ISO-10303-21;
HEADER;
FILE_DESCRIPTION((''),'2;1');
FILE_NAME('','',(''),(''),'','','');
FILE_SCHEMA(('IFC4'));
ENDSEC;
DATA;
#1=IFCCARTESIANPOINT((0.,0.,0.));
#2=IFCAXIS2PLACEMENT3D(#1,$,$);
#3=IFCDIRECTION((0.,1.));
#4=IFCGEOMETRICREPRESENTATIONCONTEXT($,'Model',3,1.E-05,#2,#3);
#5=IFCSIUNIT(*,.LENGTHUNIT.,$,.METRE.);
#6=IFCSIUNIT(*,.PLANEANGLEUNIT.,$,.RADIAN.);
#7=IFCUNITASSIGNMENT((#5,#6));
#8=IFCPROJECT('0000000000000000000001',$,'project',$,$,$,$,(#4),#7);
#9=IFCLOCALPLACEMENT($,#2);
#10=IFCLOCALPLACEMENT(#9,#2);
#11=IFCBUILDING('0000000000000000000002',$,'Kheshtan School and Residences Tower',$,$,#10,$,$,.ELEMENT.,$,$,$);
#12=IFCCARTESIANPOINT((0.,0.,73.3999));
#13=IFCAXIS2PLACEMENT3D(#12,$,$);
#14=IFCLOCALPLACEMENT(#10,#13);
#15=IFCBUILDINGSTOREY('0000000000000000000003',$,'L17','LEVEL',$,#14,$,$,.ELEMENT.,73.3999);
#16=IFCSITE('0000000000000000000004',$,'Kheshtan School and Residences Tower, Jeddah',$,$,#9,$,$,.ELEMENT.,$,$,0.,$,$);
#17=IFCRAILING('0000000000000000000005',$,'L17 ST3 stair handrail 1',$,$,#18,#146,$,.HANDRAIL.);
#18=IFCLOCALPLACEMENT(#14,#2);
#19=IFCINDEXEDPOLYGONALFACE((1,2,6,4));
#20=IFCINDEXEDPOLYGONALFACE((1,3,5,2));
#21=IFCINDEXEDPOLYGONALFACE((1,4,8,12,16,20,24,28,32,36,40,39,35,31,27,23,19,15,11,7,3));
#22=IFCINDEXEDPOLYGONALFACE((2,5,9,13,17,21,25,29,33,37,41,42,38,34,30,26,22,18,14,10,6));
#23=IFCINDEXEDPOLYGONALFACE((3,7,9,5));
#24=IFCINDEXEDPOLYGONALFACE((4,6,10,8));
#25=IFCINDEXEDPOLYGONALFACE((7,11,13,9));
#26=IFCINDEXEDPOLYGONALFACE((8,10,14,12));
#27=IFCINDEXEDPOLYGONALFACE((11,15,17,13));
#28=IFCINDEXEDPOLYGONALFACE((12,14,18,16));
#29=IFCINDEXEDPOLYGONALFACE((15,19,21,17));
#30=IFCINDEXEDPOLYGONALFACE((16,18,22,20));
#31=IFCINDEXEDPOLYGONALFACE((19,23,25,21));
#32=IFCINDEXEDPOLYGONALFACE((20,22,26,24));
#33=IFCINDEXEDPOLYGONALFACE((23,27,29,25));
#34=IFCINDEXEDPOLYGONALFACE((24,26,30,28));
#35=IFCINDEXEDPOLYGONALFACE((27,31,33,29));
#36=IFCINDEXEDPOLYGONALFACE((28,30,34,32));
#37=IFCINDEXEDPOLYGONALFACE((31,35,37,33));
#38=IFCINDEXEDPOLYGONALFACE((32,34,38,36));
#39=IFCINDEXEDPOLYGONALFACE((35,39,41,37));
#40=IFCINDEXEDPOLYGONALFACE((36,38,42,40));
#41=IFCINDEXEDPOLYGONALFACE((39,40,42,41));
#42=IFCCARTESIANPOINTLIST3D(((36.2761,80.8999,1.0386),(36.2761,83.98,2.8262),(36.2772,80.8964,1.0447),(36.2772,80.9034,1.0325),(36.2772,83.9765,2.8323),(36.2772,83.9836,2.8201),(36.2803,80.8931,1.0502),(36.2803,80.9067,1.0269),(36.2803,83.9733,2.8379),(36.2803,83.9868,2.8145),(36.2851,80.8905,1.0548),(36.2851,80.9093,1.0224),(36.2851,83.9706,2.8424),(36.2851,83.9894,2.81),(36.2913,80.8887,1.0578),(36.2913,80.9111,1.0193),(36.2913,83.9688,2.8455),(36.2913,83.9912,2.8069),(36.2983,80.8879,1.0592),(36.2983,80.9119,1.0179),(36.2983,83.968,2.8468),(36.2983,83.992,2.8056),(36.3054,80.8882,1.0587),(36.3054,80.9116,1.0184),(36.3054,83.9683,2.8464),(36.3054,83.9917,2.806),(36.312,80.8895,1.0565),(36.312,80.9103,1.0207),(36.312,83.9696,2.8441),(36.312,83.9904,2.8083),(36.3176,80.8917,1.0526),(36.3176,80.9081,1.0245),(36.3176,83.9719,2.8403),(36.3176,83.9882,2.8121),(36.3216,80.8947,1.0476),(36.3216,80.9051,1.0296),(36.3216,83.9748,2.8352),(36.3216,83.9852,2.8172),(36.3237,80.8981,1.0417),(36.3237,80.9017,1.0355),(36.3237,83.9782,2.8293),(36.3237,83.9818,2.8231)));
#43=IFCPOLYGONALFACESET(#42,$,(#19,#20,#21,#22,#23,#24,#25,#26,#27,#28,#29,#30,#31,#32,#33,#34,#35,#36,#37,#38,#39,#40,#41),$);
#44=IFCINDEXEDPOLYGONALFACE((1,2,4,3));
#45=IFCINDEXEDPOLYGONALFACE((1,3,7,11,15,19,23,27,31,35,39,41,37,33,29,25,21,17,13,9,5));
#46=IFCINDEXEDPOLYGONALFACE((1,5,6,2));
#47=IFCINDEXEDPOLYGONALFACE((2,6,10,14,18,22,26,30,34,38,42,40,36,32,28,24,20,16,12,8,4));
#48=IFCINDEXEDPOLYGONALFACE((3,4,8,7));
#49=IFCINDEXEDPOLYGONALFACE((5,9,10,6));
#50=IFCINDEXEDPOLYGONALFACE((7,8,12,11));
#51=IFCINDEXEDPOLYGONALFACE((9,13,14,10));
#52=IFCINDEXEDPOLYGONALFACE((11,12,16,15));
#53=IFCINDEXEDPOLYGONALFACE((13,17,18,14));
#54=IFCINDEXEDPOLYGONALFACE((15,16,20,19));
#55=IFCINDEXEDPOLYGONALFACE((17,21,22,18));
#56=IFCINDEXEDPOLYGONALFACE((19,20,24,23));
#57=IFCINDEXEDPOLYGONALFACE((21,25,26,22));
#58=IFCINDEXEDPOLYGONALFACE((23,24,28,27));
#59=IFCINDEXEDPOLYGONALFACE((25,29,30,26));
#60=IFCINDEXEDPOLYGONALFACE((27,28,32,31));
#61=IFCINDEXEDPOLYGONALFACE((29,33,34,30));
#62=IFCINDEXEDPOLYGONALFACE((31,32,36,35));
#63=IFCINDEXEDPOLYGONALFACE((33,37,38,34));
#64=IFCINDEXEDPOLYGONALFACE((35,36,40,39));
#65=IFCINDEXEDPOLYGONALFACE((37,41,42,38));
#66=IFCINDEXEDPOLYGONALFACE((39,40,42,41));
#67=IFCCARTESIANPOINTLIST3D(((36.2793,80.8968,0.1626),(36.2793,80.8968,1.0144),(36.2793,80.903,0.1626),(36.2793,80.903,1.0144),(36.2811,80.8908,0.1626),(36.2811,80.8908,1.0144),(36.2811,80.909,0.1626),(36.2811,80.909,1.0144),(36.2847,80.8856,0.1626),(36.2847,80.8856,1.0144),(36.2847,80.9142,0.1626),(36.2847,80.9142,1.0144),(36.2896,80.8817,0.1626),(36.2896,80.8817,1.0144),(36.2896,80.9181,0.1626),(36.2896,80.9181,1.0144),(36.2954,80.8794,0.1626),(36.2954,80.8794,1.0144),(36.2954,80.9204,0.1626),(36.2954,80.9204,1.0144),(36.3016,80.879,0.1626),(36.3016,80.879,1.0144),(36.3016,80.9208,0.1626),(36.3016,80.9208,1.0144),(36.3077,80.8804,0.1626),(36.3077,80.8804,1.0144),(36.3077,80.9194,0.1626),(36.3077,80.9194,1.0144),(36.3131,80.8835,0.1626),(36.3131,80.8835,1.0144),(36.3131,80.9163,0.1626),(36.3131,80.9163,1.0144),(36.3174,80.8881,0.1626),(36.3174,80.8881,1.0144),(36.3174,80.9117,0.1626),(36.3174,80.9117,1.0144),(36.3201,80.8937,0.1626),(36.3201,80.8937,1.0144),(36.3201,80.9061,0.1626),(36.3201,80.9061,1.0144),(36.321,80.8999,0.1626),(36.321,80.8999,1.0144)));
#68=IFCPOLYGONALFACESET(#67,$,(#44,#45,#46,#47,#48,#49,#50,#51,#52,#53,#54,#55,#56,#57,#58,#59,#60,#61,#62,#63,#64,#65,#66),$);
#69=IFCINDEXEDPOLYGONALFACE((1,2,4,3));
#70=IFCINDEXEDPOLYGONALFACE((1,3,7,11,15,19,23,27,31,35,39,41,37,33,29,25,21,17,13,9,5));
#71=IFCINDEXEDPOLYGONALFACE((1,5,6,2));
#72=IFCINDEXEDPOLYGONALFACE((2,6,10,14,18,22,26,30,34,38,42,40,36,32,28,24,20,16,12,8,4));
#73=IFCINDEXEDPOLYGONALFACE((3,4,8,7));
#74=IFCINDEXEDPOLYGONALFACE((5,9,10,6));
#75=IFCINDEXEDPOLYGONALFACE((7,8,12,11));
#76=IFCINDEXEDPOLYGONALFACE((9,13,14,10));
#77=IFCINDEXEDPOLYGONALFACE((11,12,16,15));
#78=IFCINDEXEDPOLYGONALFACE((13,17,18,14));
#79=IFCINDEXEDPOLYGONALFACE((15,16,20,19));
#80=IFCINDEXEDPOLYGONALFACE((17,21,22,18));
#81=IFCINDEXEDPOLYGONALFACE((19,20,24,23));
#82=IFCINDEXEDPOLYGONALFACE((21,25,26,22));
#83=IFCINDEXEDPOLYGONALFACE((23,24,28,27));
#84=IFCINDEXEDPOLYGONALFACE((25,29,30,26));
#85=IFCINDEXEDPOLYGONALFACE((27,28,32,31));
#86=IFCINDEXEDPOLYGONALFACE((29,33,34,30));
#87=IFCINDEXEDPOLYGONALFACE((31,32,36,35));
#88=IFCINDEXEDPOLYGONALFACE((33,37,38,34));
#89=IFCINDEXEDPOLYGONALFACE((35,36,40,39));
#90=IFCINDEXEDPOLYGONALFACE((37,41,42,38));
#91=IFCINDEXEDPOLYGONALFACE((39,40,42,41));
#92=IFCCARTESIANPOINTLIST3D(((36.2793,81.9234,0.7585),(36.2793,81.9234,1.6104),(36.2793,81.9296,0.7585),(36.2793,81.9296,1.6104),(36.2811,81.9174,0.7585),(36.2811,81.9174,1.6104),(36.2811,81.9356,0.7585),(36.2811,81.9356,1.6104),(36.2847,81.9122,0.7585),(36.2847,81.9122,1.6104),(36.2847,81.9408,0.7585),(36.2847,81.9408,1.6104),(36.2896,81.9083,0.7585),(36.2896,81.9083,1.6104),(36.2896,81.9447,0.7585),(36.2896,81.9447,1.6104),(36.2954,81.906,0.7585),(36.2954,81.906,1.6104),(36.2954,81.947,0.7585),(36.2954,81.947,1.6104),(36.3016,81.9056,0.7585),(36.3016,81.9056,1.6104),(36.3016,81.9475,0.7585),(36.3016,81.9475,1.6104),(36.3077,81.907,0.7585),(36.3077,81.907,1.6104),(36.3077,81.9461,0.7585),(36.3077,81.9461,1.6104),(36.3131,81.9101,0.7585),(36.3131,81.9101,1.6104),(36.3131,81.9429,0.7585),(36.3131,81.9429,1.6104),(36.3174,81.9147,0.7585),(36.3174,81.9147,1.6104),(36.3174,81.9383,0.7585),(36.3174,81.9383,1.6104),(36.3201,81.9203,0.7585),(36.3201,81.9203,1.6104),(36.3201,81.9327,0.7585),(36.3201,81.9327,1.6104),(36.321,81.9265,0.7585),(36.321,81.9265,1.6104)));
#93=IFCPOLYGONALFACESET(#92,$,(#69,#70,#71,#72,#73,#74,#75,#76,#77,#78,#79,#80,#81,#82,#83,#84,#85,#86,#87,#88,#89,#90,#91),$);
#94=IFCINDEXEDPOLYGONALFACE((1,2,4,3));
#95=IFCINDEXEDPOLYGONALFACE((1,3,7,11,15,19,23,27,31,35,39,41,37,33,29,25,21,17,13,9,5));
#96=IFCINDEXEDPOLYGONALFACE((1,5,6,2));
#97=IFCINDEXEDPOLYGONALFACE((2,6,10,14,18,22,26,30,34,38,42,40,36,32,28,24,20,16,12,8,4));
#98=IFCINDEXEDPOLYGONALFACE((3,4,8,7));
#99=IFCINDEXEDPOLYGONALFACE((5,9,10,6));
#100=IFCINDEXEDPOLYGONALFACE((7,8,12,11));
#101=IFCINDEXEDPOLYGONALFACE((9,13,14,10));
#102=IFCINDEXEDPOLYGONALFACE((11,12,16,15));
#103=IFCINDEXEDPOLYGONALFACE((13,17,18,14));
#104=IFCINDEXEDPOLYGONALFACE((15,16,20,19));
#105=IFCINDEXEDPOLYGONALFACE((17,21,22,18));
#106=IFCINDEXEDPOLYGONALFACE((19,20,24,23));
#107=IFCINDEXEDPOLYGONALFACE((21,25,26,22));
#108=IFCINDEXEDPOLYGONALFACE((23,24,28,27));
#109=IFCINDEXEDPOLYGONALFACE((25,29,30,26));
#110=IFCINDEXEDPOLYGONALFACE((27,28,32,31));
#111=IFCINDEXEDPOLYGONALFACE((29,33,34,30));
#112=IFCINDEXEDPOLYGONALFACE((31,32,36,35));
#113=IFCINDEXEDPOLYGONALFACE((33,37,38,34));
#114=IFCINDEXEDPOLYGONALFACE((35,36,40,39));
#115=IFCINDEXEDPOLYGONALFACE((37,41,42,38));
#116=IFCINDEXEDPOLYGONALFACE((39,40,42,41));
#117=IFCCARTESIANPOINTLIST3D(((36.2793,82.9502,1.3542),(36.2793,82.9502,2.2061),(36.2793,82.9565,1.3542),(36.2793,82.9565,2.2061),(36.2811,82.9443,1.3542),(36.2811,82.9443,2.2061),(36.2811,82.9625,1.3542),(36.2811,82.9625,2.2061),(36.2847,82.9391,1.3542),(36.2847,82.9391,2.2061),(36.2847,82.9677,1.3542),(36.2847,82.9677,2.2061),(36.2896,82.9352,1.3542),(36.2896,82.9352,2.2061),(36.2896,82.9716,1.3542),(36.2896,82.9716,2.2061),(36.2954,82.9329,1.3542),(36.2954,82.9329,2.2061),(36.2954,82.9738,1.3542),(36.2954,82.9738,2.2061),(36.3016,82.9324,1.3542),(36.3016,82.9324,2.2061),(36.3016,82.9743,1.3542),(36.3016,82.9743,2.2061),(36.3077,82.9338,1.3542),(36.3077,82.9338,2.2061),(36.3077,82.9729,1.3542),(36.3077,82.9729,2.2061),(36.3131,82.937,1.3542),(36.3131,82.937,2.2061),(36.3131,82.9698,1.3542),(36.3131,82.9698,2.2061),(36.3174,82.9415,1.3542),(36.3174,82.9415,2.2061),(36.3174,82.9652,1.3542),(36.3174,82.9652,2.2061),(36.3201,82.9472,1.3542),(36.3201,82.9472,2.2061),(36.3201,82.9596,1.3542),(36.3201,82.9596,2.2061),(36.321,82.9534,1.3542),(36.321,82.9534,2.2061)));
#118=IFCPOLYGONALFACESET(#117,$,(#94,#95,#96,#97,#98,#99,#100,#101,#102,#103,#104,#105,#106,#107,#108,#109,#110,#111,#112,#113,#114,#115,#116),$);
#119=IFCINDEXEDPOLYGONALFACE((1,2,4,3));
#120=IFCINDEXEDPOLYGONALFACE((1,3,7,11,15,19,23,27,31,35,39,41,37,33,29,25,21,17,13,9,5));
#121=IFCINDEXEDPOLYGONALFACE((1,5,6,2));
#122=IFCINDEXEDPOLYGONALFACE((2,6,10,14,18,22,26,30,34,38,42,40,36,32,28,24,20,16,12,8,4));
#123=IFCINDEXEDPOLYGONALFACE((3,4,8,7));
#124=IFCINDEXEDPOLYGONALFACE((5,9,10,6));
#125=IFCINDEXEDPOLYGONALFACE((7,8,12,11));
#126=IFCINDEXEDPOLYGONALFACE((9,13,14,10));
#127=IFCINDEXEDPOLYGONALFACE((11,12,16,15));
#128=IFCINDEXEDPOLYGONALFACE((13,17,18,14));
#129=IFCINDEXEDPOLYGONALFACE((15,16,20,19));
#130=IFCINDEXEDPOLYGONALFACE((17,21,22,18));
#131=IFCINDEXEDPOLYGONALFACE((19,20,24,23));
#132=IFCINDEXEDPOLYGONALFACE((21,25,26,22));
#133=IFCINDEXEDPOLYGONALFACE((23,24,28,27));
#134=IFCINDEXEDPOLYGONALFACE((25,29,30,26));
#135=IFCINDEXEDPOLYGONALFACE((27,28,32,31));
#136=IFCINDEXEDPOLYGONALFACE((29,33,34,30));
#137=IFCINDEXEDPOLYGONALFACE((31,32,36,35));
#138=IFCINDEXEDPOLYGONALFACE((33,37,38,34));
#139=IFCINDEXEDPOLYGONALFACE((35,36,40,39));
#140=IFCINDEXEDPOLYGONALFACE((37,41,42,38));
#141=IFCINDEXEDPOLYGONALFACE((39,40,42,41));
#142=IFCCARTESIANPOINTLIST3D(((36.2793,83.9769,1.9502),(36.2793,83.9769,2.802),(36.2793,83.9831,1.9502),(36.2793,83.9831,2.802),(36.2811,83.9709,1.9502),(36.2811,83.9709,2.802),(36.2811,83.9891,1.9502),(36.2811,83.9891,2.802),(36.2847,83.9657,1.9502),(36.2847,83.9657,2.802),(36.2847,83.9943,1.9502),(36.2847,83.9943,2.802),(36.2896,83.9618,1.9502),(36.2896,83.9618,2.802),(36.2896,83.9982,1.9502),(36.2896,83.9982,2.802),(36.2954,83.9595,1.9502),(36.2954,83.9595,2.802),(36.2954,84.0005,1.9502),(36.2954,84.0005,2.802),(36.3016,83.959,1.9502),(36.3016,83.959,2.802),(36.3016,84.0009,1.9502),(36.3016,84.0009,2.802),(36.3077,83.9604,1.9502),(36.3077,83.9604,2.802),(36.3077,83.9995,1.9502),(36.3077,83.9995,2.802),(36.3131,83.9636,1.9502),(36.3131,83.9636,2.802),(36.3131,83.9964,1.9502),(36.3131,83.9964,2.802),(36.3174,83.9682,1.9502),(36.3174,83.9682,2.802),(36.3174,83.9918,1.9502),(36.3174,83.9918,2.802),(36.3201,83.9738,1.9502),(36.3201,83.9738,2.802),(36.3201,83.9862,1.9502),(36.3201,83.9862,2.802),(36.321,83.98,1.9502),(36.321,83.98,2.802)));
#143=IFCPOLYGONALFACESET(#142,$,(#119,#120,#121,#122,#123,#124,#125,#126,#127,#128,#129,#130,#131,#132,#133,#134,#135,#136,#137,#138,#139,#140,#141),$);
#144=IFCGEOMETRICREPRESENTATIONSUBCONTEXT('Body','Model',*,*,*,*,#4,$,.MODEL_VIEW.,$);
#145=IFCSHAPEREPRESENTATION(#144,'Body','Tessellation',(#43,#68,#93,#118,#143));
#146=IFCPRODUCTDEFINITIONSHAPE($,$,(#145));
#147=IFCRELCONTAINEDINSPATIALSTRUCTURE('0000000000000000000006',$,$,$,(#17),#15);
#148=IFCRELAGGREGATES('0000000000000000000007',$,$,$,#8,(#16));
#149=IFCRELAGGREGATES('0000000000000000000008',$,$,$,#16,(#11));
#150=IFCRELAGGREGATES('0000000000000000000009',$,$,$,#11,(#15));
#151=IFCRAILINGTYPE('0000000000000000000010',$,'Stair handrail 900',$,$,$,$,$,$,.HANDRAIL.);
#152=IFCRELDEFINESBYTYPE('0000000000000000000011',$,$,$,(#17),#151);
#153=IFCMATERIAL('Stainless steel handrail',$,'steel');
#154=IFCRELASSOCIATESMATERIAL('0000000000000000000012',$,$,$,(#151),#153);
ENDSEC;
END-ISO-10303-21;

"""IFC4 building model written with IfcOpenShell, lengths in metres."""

from ifc_helpers import new_model, si_unit, direction, frame, origin, origin_2d, place, context, subcontext, project, spatial, circle, extrude, material, type_object, element, save


model = new_model("IFC4")

# Units and contexts
model_context = context("Model", 3, precision=1e-05, world=origin(), true_north=direction((0.0, 1.0)))
body_context = subcontext(model_context, "Body", "Model", "MODEL_VIEW")
ifc_project = project(units=[si_unit("LENGTHUNIT", "METRE"), si_unit("PLANEANGLEUNIT", "RADIAN")], contexts=[model_context])

# Site, building, storey
site_placement = place(None, origin())
site = spatial("IfcSite", under=ifc_project, at=site_placement, Name="Kheshtan School and Residences Tower, Jeddah", CompositionType="ELEMENT", RefElevation=0.0)
building_placement = place(site_placement, origin())
building = spatial("IfcBuilding", under=site, at=building_placement, Name="Kheshtan School and Residences Tower", CompositionType="ELEMENT")
storey_placement = place(building_placement, frame((0.0, 0.0, 73.3999)))
storey = spatial("IfcBuildingStorey", under=building, at=storey_placement, Name="L17", Description="LEVEL", CompositionType="ELEMENT", Elevation=73.3999)

# Railing
ifc_material_1 = material(Name="Stainless steel handrail", Category="steel")
railing_type_1 = type_object("IfcRailingType", Name="Stair handrail 900", PredefinedType="HANDRAIL", material=ifc_material_1)
railing_1_placement = place(storey_placement, frame((36.3, 80.8999, 0.1626)))
element("IfcRailing", 1, at=railing_1_placement, inside=storey, type_object=railing_type_1, Name="L17 ST3 stair handrail 1", PredefinedType="HANDRAIL", context=body_context, shape_type="SweptSolid", body=[
    extrude(circle(Radius=0.0239, at=origin_2d()), frame((0.0, 0.0, 0.876), z_axis=(0.0, 0.864891, 0.50196), x_axis=(-1.0, 0.0, 0.0)), (0.0, 0.0, 1.0), 3.5613),
    extrude(circle(Radius=0.021, at=origin_2d()), origin(), (0.0, 0.0, 1.0), 0.8518),
    extrude(circle(Radius=0.021, at=origin_2d()), frame((0.0, 1.0266, 0.5959)), (0.0, 0.0, 1.0), 0.8518),
    extrude(circle(Radius=0.021, at=origin_2d()), frame((0.0, 2.0535, 1.1917)), (0.0, 0.0, 1.0), 0.8518),
    extrude(circle(Radius=0.021, at=origin_2d()), frame((0.0, 3.0801, 1.7876)), (0.0, 0.0, 1.0), 0.8518),
])

save(model, "model.ifc")
